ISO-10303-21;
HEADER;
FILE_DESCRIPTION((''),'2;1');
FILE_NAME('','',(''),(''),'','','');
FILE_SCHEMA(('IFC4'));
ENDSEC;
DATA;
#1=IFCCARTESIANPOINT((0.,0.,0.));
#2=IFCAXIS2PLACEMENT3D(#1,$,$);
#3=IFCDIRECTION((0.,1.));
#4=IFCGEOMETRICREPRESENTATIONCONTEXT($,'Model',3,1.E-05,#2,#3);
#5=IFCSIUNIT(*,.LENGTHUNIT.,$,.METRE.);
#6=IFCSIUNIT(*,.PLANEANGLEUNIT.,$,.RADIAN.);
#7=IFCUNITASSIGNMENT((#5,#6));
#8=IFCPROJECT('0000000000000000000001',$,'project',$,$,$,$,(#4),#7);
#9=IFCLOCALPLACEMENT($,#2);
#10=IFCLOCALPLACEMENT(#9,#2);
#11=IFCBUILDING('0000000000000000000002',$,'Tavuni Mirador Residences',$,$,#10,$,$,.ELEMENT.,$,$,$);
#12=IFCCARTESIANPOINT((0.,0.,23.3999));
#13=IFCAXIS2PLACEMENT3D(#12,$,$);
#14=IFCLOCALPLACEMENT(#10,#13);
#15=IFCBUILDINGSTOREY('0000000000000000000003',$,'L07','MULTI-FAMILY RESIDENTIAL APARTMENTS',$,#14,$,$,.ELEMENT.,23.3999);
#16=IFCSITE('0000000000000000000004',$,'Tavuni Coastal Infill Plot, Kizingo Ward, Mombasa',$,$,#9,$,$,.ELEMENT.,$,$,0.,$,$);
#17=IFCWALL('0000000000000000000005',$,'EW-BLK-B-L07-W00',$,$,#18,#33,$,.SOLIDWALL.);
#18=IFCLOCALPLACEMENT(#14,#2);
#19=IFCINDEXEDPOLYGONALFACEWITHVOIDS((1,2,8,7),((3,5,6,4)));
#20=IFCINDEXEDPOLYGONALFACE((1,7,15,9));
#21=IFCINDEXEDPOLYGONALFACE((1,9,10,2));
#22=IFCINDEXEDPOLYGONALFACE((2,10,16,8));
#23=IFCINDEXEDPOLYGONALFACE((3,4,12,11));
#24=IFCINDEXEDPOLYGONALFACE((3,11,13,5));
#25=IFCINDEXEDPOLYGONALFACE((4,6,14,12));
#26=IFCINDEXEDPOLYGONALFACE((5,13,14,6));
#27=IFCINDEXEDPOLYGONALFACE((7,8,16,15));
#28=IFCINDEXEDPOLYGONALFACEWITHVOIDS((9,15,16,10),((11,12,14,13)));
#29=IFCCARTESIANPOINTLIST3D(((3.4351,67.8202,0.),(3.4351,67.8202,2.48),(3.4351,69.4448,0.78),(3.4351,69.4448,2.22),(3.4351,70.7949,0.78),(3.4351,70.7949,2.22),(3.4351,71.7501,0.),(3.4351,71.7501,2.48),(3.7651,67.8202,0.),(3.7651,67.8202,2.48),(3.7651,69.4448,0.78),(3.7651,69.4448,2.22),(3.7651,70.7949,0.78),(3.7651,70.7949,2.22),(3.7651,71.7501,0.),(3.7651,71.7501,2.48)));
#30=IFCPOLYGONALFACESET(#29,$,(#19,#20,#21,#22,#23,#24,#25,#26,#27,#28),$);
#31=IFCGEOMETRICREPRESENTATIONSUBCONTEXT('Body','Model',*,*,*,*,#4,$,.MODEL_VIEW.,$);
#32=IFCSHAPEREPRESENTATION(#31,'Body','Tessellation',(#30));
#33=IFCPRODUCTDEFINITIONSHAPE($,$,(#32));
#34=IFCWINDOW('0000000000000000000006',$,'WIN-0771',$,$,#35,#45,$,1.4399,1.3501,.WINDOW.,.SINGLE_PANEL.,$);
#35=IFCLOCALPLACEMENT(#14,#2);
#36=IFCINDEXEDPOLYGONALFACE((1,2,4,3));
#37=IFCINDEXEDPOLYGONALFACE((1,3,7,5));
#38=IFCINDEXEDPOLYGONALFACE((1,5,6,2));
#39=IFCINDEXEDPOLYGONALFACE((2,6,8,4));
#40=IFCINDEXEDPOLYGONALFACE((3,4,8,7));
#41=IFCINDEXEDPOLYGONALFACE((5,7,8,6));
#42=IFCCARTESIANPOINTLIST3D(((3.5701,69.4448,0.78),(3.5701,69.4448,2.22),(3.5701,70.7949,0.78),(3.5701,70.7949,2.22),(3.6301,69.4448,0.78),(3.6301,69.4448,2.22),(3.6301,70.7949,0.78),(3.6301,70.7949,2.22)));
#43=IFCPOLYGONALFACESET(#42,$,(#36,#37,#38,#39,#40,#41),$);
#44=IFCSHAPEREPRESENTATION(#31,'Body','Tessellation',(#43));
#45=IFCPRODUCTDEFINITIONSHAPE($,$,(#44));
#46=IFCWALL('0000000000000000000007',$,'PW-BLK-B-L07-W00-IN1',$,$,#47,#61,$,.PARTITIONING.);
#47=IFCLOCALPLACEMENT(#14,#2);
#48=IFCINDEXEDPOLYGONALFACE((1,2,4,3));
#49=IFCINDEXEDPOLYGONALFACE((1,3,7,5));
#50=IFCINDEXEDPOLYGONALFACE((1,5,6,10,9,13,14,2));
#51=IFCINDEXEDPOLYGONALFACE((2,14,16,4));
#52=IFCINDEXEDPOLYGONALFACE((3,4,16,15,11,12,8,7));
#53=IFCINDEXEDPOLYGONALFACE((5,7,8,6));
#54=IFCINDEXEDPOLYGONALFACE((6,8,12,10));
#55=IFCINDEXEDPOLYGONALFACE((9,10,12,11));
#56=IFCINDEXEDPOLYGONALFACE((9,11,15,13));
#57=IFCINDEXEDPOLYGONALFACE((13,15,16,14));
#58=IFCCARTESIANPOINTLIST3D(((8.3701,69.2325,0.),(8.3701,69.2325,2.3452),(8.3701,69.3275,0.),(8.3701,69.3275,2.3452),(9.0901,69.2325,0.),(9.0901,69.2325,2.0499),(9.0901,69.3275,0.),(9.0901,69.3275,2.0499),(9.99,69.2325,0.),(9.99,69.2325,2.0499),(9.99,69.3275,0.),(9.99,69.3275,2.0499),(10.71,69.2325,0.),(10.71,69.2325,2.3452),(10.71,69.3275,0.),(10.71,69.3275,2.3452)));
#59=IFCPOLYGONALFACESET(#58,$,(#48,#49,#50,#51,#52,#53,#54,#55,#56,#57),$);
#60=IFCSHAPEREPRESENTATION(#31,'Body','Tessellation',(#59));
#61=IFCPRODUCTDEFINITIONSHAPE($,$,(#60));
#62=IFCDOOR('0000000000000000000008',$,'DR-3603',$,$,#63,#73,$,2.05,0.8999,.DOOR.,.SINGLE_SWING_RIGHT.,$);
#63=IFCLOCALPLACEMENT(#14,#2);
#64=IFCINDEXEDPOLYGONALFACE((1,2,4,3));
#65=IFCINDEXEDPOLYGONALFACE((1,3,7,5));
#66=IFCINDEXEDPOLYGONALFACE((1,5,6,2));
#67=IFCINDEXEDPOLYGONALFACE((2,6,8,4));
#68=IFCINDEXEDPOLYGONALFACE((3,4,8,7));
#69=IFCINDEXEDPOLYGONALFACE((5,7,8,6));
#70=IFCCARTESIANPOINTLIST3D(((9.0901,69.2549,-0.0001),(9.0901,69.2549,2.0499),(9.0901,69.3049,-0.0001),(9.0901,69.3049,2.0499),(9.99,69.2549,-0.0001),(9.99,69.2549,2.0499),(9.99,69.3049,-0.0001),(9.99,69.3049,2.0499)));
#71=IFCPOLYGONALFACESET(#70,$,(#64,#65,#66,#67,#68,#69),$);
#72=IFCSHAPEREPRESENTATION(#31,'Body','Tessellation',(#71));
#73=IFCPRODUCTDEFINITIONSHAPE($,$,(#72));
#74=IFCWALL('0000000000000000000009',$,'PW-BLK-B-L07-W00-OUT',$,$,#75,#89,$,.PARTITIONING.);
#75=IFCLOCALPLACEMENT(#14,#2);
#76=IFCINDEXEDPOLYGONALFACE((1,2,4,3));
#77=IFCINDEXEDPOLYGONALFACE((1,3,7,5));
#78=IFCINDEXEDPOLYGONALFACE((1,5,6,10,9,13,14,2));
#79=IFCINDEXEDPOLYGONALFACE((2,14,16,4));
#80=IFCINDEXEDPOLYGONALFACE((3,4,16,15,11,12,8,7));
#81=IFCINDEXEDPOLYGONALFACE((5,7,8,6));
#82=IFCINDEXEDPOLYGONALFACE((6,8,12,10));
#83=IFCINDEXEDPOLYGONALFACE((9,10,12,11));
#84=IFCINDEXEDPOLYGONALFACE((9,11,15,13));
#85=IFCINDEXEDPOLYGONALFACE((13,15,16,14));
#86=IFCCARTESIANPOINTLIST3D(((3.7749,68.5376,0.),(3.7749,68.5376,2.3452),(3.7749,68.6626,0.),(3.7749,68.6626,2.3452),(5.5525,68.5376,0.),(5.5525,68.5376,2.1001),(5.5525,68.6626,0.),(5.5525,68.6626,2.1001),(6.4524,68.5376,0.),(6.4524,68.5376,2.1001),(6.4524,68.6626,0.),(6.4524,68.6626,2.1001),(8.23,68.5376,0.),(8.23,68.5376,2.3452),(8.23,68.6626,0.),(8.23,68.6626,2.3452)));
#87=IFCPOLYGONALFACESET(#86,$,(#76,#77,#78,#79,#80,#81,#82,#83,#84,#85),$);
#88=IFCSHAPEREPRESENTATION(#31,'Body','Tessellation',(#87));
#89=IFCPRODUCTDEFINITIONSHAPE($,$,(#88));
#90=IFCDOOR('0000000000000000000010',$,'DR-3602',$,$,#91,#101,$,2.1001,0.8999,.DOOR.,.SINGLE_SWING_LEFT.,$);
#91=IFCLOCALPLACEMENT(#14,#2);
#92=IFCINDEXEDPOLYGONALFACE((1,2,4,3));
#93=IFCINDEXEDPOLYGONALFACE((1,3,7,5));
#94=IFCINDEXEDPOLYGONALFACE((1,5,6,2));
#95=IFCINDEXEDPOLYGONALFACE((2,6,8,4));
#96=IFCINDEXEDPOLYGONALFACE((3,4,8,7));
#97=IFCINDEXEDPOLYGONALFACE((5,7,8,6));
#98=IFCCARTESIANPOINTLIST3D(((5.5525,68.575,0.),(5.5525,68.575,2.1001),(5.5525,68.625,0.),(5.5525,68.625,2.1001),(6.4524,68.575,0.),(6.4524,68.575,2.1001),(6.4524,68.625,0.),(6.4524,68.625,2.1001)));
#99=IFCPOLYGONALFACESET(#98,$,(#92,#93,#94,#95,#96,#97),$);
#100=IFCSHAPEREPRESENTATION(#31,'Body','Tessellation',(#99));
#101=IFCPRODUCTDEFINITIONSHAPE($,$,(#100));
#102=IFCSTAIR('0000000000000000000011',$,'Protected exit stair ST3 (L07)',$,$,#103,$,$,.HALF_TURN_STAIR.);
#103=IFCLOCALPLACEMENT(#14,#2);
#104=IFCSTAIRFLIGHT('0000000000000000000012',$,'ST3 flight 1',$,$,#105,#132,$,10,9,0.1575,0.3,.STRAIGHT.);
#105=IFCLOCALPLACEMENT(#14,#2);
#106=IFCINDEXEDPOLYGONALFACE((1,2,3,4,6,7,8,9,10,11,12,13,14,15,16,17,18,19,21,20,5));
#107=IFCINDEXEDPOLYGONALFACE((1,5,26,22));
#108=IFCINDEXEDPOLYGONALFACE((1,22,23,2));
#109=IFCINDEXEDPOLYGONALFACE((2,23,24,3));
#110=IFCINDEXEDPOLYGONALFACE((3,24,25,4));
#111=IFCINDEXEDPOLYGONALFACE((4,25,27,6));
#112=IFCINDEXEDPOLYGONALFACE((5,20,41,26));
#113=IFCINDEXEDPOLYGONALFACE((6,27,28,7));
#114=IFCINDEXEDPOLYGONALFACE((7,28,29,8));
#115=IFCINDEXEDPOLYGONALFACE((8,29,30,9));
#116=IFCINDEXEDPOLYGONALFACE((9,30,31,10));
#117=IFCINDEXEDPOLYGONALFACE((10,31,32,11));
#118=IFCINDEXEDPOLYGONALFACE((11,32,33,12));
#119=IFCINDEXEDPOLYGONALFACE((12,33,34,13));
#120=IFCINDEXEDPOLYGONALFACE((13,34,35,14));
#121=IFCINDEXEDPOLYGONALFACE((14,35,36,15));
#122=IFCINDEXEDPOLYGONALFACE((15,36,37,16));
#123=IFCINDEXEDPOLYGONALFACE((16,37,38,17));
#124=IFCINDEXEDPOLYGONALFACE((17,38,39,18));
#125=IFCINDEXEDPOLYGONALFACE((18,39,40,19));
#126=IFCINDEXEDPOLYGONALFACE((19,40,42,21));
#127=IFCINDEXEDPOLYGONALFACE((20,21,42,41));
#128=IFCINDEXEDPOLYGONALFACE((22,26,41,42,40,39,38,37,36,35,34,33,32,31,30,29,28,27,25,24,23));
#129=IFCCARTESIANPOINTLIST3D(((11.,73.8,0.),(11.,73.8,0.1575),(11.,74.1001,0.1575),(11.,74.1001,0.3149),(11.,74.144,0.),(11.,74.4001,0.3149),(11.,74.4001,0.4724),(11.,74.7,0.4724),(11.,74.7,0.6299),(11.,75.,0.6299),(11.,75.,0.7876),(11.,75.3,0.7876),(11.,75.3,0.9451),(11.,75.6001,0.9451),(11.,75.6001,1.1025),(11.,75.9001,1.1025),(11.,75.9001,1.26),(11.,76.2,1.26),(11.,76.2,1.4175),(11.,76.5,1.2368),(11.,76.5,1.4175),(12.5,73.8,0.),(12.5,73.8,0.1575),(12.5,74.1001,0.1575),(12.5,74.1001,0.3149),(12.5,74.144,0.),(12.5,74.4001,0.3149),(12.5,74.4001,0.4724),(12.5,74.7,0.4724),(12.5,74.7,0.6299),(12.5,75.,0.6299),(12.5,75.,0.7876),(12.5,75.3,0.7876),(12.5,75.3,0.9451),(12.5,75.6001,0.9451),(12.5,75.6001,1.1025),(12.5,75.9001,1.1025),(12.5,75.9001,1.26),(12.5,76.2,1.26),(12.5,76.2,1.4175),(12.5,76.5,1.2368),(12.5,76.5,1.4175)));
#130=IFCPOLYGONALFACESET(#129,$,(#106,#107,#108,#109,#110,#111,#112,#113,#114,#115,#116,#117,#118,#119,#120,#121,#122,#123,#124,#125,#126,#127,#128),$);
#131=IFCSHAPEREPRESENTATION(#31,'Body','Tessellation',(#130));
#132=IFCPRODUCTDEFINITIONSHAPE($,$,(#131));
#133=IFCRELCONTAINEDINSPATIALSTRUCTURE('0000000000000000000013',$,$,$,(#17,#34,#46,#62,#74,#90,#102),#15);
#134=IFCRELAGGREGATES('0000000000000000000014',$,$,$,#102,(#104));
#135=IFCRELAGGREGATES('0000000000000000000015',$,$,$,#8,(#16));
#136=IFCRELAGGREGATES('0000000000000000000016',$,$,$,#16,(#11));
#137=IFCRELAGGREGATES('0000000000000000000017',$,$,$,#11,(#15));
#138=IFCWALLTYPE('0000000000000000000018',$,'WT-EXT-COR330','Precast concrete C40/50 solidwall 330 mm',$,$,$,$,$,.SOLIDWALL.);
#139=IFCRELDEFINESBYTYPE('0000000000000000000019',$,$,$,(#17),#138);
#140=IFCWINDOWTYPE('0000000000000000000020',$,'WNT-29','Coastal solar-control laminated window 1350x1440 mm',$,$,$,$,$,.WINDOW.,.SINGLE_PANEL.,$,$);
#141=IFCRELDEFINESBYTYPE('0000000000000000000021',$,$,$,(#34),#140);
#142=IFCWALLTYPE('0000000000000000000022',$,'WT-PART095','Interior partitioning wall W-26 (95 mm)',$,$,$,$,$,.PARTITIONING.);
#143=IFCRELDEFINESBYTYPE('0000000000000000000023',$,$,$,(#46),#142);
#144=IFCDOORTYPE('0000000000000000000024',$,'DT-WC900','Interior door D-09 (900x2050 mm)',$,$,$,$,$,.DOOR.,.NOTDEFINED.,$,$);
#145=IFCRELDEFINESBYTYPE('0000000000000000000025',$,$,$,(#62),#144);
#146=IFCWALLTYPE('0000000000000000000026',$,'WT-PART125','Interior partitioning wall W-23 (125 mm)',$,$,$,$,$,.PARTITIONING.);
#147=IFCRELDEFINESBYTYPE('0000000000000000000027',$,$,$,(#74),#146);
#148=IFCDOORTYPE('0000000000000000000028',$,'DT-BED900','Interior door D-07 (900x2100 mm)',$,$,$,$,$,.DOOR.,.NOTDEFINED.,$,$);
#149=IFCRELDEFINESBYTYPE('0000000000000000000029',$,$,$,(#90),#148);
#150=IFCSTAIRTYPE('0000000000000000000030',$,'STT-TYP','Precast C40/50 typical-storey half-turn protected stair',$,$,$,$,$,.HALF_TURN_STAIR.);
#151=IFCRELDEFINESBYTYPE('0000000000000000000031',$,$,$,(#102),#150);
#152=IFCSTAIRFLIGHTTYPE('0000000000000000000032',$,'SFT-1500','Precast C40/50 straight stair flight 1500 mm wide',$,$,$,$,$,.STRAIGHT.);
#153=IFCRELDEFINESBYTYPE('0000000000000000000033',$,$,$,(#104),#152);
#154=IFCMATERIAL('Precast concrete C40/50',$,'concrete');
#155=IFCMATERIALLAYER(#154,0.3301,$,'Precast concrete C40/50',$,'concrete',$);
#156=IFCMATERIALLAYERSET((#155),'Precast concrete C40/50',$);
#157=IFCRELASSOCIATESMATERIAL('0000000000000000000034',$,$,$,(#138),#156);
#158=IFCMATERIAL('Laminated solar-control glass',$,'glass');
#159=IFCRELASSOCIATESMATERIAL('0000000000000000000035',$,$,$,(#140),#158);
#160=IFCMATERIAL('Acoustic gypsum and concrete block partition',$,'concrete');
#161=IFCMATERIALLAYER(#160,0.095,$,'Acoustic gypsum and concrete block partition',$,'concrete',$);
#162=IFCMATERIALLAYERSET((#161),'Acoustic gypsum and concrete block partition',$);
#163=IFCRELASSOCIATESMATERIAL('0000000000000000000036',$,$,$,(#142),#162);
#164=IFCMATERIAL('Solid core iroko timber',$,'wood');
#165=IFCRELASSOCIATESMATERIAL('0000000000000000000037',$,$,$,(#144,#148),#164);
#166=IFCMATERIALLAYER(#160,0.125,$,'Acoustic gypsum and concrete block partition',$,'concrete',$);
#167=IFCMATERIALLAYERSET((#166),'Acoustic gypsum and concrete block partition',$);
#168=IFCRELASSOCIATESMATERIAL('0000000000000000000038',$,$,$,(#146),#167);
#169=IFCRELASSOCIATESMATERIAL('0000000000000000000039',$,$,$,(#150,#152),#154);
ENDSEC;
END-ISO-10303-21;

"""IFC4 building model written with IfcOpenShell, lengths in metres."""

from ifc_helpers import new_model, si_unit, direction, frame, frame_2d, origin, place, context, subcontext, project, spatial, polyline, rectangle, outline, extrude, material, layer, layer_set, type_object, element, fill, aggregate, save


model = new_model("IFC4")

# Units and contexts
model_context = context("Model", 3, precision=1e-05, world=origin(), true_north=direction((0.0, 1.0)))
body_context = subcontext(model_context, "Body", "Model", "MODEL_VIEW")
ifc_project = project(units=[si_unit("LENGTHUNIT", "METRE"), si_unit("PLANEANGLEUNIT", "RADIAN")], contexts=[model_context])

# Site, building, storey
site_placement = place(None, origin())
site = spatial("IfcSite", under=ifc_project, at=site_placement, Name="Tavuni Coastal Infill Plot, Kizingo Ward, Mombasa", CompositionType="ELEMENT", RefElevation=0.0)
building_placement = place(site_placement, origin())
building = spatial("IfcBuilding", under=site, at=building_placement, Name="Tavuni Mirador Residences", CompositionType="ELEMENT")
storey_placement = place(building_placement, frame((0.0, 0.0, 23.3999)))
storey = spatial("IfcBuildingStorey", under=building, at=storey_placement, Name="L07", Description="MULTI-FAMILY RESIDENTIAL APARTMENTS", CompositionType="ELEMENT", Elevation=23.3999)

# Shared definitions
ifc_material_1 = material(Name="Precast concrete C40/50", Category="concrete")

# Shared definitions
ifc_material_2 = material(Name="Solid core iroko timber", Category="wood")

# Wall, opening, window
ifc_layer_1 = layer(ifc_material_1, 0.3301, Name="Precast concrete C40/50", Category="concrete")
ifc_layer_set_1 = layer_set([ifc_layer_1], Name="Precast concrete C40/50")
wall_type_1 = type_object("IfcWallType", Name="WT-EXT-COR330", Description="Precast concrete C40/50 solidwall 330 mm", PredefinedType="SOLIDWALL", material=ifc_layer_set_1)
wall_1_placement = place(storey_placement, frame((3.6001, 71.75, 0.0), z_axis=(0.0, 0.0, 1.0), x_axis=(0.0, -1.0, 0.0)))
wall_1 = element("IfcWall", 1, at=wall_1_placement, inside=storey, type_object=wall_type_1, Name="EW-BLK-B-L07-W00", PredefinedType="SOLIDWALL", context=body_context, shape_type="SweptSolid", body=[
    extrude(rectangle(XDim=3.9299, YDim=0.3301, at=frame_2d((1.9648, 0.0))), origin(), (0.0, 0.0, 1.0), 2.48),
])
opening_1_placement = place(wall_1_placement, frame((0.9551, 0.0, 0.78)))
opening_1 = element("IfcOpeningElement", 2, at=opening_1_placement, cuts=wall_1, PredefinedType="OPENING", context=body_context, shape_type="SweptSolid", body=[
    extrude(rectangle(XDim=1.3501, YDim=1.4399, at=frame_2d((0.675, 0.72))), frame((0.0, 0.175, 0.0), z_axis=(0.0, -1.0, 0.0), x_axis=(1.0, 0.0, 0.0)), (0.0, 0.0, 1.0), 0.3501),
])
ifc_material_3 = material(Name="Laminated solar-control glass", Category="glass")
window_type = type_object("IfcWindowType", Name="WNT-29", Description="Coastal solar-control laminated window 1350x1440 mm", PartitioningType="SINGLE_PANEL", PredefinedType="WINDOW", material=ifc_material_3)
window_placement = place(opening_1_placement, origin())
window = element("IfcWindow", 3, at=window_placement, inside=storey, type_object=window_type, Name="WIN-0771", OverallHeight=1.4399, OverallWidth=1.3501, PartitioningType="SINGLE_PANEL", PredefinedType="WINDOW", context=body_context, shape_type="SweptSolid", body=[
    extrude(rectangle(XDim=1.3501, YDim=1.4399, at=frame_2d((0.675, 0.72))), frame((0.0, 0.03, 0.0), z_axis=(0.0, -1.0, 0.0), x_axis=(1.0, 0.0, 0.0)), (0.0, 0.0, 1.0), 0.0601),
])
fill(opening_1, window)

# Walls, openings, doors
ifc_material_4 = material(Name="Acoustic gypsum and concrete block partition", Category="concrete")
ifc_layer_2 = layer(ifc_material_4, 0.095, Name="Acoustic gypsum and concrete block partition", Category="concrete")
ifc_layer_set_2 = layer_set([ifc_layer_2], Name="Acoustic gypsum and concrete block partition")
wall_type_2 = type_object("IfcWallType", Name="WT-PART095", Description="Interior partitioning wall W-26 (95 mm)", PredefinedType="PARTITIONING", material=ifc_layer_set_2)
wall_2_placement = place(storey_placement, frame((8.3701, 69.28, 0.0), z_axis=(0.0, 0.0, 1.0), x_axis=(1.0, 0.0, 0.0)))
wall_2 = element("IfcWall", 4, at=wall_2_placement, inside=storey, type_object=wall_type_2, Name="PW-BLK-B-L07-W00-IN1", PredefinedType="PARTITIONING", context=body_context, shape_type="SweptSolid", body=[
    extrude(rectangle(XDim=2.3398, YDim=0.095, at=frame_2d((1.1699, 0.0))), origin(), (0.0, 0.0, 1.0), 2.3452),
])
opening_2_placement = place(wall_2_placement, frame((0.72, 0.0, 0.0)))
opening_2 = element("IfcOpeningElement", 5, at=opening_2_placement, cuts=wall_2, PredefinedType="OPENING", context=body_context, shape_type="SweptSolid", body=[
    extrude(rectangle(XDim=0.8999, YDim=2.05, at=frame_2d((0.45, 1.0249))), frame((0.0, 0.0576, 0.0), z_axis=(0.0, -1.0, 0.0), x_axis=(1.0, 0.0, 0.0)), (0.0, 0.0, 1.0), 0.115),
])
door_type_1 = type_object("IfcDoorType", Name="DT-WC900", Description="Interior door D-09 (900x2050 mm)", OperationType="NOTDEFINED", PredefinedType="DOOR", material=ifc_material_2)
door_1_placement = place(opening_2_placement, origin())
door_1 = element("IfcDoor", 6, at=door_1_placement, inside=storey, type_object=door_type_1, Name="DR-3603", OperationType="SINGLE_SWING_RIGHT", OverallHeight=2.05, OverallWidth=0.8999, PredefinedType="DOOR", context=body_context, shape_type="SweptSolid", body=[
    extrude(rectangle(XDim=0.8999, YDim=2.05, at=frame_2d((0.45, 1.0249))), frame((0.0, 0.0249, 0.0), z_axis=(0.0, -1.0, 0.0), x_axis=(1.0, 0.0, 0.0)), (0.0, 0.0, 1.0), 0.05),
])
fill(opening_2, door_1)
ifc_layer_3 = layer(ifc_material_4, 0.125, Name="Acoustic gypsum and concrete block partition", Category="concrete")
ifc_layer_set_3 = layer_set([ifc_layer_3], Name="Acoustic gypsum and concrete block partition")
wall_type_3 = type_object("IfcWallType", Name="WT-PART125", Description="Interior partitioning wall W-23 (125 mm)", PredefinedType="PARTITIONING", material=ifc_layer_set_3)
wall_3_placement = place(storey_placement, frame((3.7749, 68.6001, 0.0), z_axis=(0.0, 0.0, 1.0), x_axis=(1.0, 0.0, 0.0)))
wall_3 = element("IfcWall", 7, at=wall_3_placement, inside=storey, type_object=wall_type_3, Name="PW-BLK-B-L07-W00-OUT", PredefinedType="PARTITIONING", context=body_context, shape_type="SweptSolid", body=[
    extrude(rectangle(XDim=4.4551, YDim=0.125, at=frame_2d((2.2275, 0.0))), origin(), (0.0, 0.0, 1.0), 2.3452),
])
opening_3_placement = place(wall_3_placement, frame((1.7776, 0.0, 0.0)))
opening_3 = element("IfcOpeningElement", 8, at=opening_3_placement, cuts=wall_3, PredefinedType="OPENING", context=body_context, shape_type="SweptSolid", body=[
    extrude(rectangle(XDim=0.8999, YDim=2.1001, at=frame_2d((0.45, 1.05))), frame((0.0, 0.0725, 0.0), z_axis=(0.0, -1.0, 0.0), x_axis=(1.0, 0.0, 0.0)), (0.0, 0.0, 1.0), 0.145),
])
door_type_2 = type_object("IfcDoorType", Name="DT-BED900", Description="Interior door D-07 (900x2100 mm)", OperationType="NOTDEFINED", PredefinedType="DOOR", material=ifc_material_2)
door_2_placement = place(opening_3_placement, origin())
door_2 = element("IfcDoor", 9, at=door_2_placement, inside=storey, type_object=door_type_2, Name="DR-3602", OperationType="SINGLE_SWING_LEFT", OverallHeight=2.1001, OverallWidth=0.8999, PredefinedType="DOOR", context=body_context, shape_type="SweptSolid", body=[
    extrude(rectangle(XDim=0.8999, YDim=2.1001, at=frame_2d((0.45, 1.05))), frame((0.0, 0.0249, 0.0), z_axis=(0.0, -1.0, 0.0), x_axis=(1.0, 0.0, 0.0)), (0.0, 0.0, 1.0), 0.05),
])
fill(opening_3, door_2)

# Stair, stair flight
stair_type = type_object("IfcStairType", Name="STT-TYP", Description="Precast C40/50 typical-storey half-turn protected stair", PredefinedType="HALF_TURN_STAIR", material=ifc_material_1)
stair_placement = place(storey_placement, origin())
stair = element("IfcStair", 10, at=stair_placement, inside=storey, type_object=stair_type, Name="Protected exit stair ST3 (L07)", PredefinedType="HALF_TURN_STAIR")
stair_flight_type = type_object("IfcStairFlightType", Name="SFT-1500", Description="Precast C40/50 straight stair flight 1500 mm wide", PredefinedType="STRAIGHT", material=ifc_material_1)
stair_flight_placement = place(storey_placement, frame((11.75, 73.8, 0.0), z_axis=(0.0, 0.0, 1.0), x_axis=(0.0, 1.0, 0.0)))
stair_flight = element("IfcStairFlight", 11, at=stair_flight_placement, type_object=stair_flight_type, Name="ST3 flight 1", NumberOfRisers=10, NumberOfTreads=9, PredefinedType="STRAIGHT", RiserHeight=0.1575, TreadLength=0.3, context=body_context, shape_type="SweptSolid", body=[
    extrude(outline(polyline([(0.0, 0.0), (0.0, 0.1575), (0.3, 0.1575), (0.3, 0.3149), (0.6001, 0.3149), (0.6001, 0.4724), (0.8999, 0.4724), (0.8999, 0.6299), (1.2, 0.6299), (1.2, 0.7876), (1.5, 0.7876), (1.5, 0.9451), (1.8, 0.9451), (1.8, 1.1025), (2.1001, 1.1025), (2.1001, 1.26), (2.3999, 1.26), (2.3999, 1.4175), (2.7, 1.4175), (2.7, 1.575), (2.7, 1.2368), (0.344, 0.0), (0.0, 0.0)])), frame((0.0, 0.75, 0.0), z_axis=(0.0, -1.0, 0.0), x_axis=(1.0, 0.0, 0.0)), (0.0, 0.0, 1.0), 1.5),
])
aggregate(stair, [stair_flight])

save(model, "model.ifc")
